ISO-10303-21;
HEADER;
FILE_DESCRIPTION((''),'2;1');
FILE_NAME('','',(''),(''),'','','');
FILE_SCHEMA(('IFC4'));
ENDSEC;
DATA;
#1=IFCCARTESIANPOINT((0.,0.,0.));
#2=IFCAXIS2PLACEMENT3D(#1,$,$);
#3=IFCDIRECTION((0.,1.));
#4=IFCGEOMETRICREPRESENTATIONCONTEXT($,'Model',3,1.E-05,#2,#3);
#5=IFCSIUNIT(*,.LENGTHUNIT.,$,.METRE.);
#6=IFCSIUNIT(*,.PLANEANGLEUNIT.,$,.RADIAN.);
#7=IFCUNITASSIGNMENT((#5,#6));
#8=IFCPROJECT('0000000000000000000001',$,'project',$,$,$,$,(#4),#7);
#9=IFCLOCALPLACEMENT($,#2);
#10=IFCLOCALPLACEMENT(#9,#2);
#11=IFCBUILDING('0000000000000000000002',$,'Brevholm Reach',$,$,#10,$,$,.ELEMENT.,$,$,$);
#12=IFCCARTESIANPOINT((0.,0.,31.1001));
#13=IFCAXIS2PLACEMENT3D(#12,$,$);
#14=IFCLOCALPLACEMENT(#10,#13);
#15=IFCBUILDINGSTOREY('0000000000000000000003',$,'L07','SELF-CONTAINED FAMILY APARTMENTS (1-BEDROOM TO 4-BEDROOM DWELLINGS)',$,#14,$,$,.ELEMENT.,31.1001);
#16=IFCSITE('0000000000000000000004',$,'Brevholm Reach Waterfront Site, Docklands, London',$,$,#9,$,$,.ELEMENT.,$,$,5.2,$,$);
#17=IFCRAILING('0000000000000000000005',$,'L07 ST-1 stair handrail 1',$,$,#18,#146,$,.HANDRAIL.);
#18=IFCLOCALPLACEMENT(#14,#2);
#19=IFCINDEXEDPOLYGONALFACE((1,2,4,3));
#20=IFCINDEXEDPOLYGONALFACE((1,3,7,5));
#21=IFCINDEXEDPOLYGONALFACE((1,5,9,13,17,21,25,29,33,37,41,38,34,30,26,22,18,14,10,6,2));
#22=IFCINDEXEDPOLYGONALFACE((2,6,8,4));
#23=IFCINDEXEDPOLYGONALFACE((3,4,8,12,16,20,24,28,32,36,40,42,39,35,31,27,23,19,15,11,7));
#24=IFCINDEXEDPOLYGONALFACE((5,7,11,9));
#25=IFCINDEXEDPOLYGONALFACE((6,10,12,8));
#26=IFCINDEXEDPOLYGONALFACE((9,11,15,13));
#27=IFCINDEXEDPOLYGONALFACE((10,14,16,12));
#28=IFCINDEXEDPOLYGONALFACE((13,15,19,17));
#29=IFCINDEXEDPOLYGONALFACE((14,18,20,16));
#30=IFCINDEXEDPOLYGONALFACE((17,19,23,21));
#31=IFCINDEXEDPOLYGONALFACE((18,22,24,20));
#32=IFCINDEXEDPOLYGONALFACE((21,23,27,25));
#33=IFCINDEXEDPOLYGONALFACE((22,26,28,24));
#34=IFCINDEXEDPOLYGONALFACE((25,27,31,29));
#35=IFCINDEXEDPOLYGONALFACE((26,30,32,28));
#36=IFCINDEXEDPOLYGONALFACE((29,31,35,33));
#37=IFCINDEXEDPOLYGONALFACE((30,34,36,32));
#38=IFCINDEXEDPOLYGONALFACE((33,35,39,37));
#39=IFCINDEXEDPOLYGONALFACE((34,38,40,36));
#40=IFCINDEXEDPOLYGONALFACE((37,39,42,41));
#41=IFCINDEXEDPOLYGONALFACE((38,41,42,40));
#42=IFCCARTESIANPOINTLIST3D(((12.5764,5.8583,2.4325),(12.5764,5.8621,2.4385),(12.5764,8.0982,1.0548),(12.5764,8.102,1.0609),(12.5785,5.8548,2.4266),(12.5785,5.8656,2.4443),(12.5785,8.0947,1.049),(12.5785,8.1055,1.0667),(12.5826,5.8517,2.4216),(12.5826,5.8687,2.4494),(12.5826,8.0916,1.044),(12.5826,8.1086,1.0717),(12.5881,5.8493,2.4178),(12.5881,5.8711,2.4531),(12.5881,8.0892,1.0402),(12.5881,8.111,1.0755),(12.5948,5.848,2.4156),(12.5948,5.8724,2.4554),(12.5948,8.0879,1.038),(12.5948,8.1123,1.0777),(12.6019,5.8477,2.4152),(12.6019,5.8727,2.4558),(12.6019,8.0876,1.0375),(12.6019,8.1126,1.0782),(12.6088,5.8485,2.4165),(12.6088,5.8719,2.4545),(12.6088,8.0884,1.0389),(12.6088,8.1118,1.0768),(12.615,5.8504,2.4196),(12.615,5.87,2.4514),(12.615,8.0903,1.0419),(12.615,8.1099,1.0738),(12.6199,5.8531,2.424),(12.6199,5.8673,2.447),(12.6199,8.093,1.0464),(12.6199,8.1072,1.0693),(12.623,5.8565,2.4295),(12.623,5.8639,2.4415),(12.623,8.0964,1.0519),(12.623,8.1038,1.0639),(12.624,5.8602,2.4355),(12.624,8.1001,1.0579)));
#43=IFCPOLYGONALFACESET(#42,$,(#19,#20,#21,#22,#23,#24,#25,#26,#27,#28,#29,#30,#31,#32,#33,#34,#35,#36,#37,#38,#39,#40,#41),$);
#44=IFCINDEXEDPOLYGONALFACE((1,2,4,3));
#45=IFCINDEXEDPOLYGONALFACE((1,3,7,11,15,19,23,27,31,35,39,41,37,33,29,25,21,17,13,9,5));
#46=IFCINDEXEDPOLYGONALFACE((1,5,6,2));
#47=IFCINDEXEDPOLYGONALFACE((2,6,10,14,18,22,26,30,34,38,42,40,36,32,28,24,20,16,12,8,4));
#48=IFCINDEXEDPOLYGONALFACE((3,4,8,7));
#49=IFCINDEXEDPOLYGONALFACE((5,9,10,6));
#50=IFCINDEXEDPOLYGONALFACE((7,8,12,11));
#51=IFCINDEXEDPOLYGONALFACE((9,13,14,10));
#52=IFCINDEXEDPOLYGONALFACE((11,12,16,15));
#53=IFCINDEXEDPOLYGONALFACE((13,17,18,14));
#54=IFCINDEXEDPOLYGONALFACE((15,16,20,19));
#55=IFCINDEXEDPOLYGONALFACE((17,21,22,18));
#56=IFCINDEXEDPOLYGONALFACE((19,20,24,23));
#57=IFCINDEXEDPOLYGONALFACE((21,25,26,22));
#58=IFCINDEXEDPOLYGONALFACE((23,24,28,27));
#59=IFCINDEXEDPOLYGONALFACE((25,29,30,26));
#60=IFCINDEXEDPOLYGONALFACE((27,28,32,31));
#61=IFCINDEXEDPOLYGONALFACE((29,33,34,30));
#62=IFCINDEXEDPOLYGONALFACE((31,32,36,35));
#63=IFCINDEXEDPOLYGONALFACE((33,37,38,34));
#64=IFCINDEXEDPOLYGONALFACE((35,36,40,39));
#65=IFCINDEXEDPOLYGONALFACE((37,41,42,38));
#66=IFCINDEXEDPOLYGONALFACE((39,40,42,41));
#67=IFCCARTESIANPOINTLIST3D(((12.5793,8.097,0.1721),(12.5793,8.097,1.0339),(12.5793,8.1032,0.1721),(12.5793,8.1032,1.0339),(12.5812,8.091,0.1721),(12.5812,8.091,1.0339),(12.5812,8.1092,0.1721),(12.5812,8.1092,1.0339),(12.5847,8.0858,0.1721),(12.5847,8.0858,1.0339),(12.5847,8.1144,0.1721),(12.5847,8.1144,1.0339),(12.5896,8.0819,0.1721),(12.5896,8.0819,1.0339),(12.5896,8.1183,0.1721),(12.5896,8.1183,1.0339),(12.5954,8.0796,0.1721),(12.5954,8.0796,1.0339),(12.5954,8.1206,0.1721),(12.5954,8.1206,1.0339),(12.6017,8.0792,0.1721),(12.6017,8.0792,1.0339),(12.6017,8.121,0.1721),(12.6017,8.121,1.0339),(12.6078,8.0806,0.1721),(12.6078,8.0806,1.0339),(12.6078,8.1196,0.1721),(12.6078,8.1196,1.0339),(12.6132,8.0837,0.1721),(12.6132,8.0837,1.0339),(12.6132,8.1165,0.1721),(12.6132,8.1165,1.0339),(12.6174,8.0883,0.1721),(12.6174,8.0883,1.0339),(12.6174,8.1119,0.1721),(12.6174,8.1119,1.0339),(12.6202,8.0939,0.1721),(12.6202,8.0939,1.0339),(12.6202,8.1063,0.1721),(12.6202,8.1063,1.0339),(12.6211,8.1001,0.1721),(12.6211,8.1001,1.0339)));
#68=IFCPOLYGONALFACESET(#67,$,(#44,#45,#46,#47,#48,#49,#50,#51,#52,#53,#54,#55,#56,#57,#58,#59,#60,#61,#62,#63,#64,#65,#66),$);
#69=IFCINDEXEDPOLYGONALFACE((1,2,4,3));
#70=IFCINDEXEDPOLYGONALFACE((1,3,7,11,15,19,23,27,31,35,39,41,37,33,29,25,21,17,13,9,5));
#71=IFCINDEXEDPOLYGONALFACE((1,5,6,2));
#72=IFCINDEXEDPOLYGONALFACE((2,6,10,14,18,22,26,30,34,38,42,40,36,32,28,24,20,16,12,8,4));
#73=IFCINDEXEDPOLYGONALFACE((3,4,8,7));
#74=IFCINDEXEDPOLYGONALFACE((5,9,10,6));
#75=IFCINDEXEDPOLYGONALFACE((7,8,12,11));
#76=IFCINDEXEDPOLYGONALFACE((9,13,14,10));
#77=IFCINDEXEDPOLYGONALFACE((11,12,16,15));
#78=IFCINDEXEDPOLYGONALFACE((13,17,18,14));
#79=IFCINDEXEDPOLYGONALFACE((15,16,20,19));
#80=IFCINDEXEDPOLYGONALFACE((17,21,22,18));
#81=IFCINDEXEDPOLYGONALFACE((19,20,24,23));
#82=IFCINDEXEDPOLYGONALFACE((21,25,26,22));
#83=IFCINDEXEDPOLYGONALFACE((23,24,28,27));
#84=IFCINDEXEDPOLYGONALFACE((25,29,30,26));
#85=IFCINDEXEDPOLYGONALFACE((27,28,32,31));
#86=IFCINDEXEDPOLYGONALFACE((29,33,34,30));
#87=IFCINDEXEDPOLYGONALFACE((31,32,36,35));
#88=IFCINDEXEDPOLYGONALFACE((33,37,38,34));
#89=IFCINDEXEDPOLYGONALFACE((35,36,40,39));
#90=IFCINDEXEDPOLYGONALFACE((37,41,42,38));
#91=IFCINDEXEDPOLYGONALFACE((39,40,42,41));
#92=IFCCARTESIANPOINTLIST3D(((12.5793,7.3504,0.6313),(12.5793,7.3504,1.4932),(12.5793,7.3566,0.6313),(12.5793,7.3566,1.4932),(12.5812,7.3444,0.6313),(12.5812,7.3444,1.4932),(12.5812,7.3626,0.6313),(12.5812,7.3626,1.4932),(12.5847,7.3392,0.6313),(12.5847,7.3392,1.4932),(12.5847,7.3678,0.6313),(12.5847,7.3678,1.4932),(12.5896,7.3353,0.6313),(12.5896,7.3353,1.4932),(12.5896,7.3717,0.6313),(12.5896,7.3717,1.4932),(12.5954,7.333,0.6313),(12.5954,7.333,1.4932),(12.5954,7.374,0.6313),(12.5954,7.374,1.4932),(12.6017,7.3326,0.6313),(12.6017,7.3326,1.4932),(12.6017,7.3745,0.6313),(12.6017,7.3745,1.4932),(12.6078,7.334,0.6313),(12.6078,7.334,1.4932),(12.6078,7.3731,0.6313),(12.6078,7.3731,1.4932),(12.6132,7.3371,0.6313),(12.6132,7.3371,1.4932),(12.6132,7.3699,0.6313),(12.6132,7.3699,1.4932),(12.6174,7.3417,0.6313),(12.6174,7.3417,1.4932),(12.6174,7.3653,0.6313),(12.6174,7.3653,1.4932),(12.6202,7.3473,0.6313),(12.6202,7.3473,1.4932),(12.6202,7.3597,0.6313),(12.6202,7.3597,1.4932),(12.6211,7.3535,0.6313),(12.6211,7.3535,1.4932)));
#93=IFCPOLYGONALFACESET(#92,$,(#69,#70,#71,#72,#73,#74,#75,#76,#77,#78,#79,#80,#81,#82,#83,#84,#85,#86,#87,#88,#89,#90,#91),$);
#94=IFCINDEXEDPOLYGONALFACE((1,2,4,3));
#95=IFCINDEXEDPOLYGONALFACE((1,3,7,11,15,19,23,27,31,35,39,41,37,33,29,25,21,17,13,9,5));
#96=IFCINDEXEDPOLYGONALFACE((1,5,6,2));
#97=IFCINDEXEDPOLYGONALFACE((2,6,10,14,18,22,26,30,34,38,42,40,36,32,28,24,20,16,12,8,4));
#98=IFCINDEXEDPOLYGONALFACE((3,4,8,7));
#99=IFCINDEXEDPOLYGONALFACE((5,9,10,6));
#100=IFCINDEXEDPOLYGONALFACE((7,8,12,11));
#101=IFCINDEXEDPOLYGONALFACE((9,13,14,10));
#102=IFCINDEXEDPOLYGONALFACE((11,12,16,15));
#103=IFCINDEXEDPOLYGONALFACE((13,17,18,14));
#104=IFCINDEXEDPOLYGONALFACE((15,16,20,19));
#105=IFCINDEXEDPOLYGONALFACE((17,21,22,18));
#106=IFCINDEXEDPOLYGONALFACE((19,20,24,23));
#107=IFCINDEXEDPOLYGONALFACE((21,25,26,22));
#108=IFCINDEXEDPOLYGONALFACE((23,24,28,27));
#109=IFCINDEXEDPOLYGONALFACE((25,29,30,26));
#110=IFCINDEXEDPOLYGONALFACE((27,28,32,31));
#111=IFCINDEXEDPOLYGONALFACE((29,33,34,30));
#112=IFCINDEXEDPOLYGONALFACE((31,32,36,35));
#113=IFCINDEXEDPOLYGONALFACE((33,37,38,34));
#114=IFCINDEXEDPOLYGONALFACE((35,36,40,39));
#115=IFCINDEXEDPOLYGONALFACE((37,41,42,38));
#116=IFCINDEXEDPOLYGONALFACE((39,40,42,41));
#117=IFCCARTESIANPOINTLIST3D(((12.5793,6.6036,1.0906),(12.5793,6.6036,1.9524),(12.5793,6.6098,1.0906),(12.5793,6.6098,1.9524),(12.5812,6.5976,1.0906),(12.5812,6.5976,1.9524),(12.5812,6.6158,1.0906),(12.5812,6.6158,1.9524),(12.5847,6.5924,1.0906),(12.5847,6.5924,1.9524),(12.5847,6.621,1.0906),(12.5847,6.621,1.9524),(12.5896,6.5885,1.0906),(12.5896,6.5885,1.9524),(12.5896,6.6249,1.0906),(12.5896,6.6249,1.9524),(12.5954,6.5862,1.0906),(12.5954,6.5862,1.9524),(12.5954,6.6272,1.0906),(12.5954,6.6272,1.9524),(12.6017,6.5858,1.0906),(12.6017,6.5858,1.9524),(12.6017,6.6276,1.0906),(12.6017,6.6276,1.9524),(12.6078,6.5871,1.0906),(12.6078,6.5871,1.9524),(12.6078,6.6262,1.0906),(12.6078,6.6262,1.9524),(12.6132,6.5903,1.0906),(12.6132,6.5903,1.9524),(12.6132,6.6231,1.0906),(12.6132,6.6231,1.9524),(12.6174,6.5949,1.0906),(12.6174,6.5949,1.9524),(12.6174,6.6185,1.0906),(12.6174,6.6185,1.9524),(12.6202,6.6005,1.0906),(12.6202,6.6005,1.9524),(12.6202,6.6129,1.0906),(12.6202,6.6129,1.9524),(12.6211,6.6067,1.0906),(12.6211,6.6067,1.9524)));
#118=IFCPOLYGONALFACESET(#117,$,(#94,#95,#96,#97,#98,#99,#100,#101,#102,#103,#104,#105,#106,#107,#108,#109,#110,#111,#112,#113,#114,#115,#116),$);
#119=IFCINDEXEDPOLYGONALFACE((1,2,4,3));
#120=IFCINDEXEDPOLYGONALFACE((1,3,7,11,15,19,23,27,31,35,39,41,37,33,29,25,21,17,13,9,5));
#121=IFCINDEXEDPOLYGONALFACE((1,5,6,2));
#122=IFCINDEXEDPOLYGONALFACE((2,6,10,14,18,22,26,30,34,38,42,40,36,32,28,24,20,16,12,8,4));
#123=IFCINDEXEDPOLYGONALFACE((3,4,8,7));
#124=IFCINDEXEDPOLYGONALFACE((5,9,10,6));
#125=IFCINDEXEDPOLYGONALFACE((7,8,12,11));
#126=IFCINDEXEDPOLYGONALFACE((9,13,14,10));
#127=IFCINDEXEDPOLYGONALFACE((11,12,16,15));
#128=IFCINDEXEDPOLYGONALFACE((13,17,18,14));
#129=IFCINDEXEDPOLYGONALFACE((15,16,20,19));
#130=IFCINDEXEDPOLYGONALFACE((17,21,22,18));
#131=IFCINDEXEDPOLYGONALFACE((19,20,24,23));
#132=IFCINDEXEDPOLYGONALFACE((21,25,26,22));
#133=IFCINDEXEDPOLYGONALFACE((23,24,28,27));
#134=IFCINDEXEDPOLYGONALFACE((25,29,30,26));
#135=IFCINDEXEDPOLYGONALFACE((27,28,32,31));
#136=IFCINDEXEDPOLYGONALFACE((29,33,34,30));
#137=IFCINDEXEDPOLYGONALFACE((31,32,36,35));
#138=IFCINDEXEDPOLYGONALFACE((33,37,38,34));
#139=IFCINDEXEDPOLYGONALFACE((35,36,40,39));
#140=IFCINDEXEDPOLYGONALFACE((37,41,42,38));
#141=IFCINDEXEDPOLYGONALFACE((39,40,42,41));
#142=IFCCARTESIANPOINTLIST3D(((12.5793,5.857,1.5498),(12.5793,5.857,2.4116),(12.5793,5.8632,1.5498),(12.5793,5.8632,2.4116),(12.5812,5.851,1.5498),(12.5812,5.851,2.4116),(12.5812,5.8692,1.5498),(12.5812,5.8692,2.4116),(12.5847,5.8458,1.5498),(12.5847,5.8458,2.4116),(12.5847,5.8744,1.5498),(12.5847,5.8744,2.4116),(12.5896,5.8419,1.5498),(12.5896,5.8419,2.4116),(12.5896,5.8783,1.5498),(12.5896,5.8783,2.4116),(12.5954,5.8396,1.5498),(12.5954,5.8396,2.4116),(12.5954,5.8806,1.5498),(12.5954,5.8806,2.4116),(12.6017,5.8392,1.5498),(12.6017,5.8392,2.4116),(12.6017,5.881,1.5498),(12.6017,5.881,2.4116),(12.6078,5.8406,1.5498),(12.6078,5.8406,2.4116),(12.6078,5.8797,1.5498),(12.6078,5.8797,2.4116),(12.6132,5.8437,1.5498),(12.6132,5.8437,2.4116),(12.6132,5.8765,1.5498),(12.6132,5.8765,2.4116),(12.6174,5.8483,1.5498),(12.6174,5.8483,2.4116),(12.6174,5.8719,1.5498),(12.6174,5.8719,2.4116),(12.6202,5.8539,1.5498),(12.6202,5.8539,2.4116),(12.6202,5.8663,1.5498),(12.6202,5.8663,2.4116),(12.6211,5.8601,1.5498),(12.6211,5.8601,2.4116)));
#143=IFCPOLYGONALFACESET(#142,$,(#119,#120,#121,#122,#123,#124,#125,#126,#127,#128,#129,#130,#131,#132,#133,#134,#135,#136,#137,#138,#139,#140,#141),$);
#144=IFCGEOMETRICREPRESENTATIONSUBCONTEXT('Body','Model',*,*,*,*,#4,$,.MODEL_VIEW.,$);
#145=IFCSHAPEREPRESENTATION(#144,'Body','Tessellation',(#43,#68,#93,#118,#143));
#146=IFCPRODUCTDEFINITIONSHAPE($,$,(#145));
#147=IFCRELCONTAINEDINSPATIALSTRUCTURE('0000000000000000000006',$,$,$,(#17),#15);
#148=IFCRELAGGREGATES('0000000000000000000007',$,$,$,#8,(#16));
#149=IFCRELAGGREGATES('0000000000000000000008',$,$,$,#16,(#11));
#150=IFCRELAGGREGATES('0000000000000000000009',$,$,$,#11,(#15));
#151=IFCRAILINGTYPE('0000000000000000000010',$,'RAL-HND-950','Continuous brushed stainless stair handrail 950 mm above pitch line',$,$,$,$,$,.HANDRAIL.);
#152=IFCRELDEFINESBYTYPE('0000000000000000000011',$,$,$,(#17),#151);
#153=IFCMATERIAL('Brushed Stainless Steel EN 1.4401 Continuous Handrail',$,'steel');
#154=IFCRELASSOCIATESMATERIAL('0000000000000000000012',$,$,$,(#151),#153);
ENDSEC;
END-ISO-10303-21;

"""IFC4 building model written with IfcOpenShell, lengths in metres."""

from ifc_helpers import new_model, si_unit, direction, frame, origin, origin_2d, place, context, subcontext, project, spatial, circle, extrude, material, type_object, element, save


model = new_model("IFC4")

# Units and contexts
model_context = context("Model", 3, precision=1e-05, world=origin(), true_north=direction((0.0, 1.0)))
body_context = subcontext(model_context, "Body", "Model", "MODEL_VIEW")
ifc_project = project(units=[si_unit("LENGTHUNIT", "METRE"), si_unit("PLANEANGLEUNIT", "RADIAN")], contexts=[model_context])

# Site, building, storey
site_placement = place(None, origin())
site = spatial("IfcSite", under=ifc_project, at=site_placement, Name="Brevholm Reach Waterfront Site, Docklands, London", CompositionType="ELEMENT", RefElevation=5.2)
building_placement = place(site_placement, origin())
building = spatial("IfcBuilding", under=site, at=building_placement, Name="Brevholm Reach", CompositionType="ELEMENT")
storey_placement = place(building_placement, frame((0.0, 0.0, 31.1001)))
storey = spatial("IfcBuildingStorey", under=building, at=storey_placement, Name="L07", Description="SELF-CONTAINED FAMILY APARTMENTS (1-BEDROOM TO 4-BEDROOM DWELLINGS)", CompositionType="ELEMENT", Elevation=31.1001)

# Railing
ifc_material_1 = material(Name="Brushed Stainless Steel EN 1.4401 Continuous Handrail", Category="steel")
railing_type_1 = type_object("IfcRailingType", Name="RAL-HND-950", Description="Continuous brushed stainless stair handrail 950 mm above pitch line", PredefinedType="HANDRAIL", material=ifc_material_1)
railing_1_placement = place(storey_placement, frame((12.6001, 8.1001, 0.1721)))
element("IfcRailing", 1, at=railing_1_placement, inside=storey, type_object=railing_type_1, Name="L07 ST-1 stair handrail 1", PredefinedType="HANDRAIL", context=body_context, shape_type="SweptSolid", body=[
    extrude(circle(Radius=0.0239, at=origin_2d()), frame((0.0, 0.0, 0.8857), z_axis=(0.0, -0.851789, 0.523885), x_axis=(1.0, 0.0, 0.0)), (0.0, 0.0, 1.0), 2.6296),
    extrude(circle(Radius=0.021, at=origin_2d()), origin(), (0.0, 0.0, 1.0), 0.8618),
    extrude(circle(Radius=0.021, at=origin_2d()), frame((0.0, -0.7466, 0.4592)), (0.0, 0.0, 1.0), 0.8618),
    extrude(circle(Radius=0.021, at=origin_2d()), frame((0.0, -1.4934, 0.9185)), (0.0, 0.0, 1.0), 0.8618),
    extrude(circle(Radius=0.021, at=origin_2d()), frame((0.0, -2.24, 1.3777)), (0.0, 0.0, 1.0), 0.8618),
])

save(model, "model.ifc")
